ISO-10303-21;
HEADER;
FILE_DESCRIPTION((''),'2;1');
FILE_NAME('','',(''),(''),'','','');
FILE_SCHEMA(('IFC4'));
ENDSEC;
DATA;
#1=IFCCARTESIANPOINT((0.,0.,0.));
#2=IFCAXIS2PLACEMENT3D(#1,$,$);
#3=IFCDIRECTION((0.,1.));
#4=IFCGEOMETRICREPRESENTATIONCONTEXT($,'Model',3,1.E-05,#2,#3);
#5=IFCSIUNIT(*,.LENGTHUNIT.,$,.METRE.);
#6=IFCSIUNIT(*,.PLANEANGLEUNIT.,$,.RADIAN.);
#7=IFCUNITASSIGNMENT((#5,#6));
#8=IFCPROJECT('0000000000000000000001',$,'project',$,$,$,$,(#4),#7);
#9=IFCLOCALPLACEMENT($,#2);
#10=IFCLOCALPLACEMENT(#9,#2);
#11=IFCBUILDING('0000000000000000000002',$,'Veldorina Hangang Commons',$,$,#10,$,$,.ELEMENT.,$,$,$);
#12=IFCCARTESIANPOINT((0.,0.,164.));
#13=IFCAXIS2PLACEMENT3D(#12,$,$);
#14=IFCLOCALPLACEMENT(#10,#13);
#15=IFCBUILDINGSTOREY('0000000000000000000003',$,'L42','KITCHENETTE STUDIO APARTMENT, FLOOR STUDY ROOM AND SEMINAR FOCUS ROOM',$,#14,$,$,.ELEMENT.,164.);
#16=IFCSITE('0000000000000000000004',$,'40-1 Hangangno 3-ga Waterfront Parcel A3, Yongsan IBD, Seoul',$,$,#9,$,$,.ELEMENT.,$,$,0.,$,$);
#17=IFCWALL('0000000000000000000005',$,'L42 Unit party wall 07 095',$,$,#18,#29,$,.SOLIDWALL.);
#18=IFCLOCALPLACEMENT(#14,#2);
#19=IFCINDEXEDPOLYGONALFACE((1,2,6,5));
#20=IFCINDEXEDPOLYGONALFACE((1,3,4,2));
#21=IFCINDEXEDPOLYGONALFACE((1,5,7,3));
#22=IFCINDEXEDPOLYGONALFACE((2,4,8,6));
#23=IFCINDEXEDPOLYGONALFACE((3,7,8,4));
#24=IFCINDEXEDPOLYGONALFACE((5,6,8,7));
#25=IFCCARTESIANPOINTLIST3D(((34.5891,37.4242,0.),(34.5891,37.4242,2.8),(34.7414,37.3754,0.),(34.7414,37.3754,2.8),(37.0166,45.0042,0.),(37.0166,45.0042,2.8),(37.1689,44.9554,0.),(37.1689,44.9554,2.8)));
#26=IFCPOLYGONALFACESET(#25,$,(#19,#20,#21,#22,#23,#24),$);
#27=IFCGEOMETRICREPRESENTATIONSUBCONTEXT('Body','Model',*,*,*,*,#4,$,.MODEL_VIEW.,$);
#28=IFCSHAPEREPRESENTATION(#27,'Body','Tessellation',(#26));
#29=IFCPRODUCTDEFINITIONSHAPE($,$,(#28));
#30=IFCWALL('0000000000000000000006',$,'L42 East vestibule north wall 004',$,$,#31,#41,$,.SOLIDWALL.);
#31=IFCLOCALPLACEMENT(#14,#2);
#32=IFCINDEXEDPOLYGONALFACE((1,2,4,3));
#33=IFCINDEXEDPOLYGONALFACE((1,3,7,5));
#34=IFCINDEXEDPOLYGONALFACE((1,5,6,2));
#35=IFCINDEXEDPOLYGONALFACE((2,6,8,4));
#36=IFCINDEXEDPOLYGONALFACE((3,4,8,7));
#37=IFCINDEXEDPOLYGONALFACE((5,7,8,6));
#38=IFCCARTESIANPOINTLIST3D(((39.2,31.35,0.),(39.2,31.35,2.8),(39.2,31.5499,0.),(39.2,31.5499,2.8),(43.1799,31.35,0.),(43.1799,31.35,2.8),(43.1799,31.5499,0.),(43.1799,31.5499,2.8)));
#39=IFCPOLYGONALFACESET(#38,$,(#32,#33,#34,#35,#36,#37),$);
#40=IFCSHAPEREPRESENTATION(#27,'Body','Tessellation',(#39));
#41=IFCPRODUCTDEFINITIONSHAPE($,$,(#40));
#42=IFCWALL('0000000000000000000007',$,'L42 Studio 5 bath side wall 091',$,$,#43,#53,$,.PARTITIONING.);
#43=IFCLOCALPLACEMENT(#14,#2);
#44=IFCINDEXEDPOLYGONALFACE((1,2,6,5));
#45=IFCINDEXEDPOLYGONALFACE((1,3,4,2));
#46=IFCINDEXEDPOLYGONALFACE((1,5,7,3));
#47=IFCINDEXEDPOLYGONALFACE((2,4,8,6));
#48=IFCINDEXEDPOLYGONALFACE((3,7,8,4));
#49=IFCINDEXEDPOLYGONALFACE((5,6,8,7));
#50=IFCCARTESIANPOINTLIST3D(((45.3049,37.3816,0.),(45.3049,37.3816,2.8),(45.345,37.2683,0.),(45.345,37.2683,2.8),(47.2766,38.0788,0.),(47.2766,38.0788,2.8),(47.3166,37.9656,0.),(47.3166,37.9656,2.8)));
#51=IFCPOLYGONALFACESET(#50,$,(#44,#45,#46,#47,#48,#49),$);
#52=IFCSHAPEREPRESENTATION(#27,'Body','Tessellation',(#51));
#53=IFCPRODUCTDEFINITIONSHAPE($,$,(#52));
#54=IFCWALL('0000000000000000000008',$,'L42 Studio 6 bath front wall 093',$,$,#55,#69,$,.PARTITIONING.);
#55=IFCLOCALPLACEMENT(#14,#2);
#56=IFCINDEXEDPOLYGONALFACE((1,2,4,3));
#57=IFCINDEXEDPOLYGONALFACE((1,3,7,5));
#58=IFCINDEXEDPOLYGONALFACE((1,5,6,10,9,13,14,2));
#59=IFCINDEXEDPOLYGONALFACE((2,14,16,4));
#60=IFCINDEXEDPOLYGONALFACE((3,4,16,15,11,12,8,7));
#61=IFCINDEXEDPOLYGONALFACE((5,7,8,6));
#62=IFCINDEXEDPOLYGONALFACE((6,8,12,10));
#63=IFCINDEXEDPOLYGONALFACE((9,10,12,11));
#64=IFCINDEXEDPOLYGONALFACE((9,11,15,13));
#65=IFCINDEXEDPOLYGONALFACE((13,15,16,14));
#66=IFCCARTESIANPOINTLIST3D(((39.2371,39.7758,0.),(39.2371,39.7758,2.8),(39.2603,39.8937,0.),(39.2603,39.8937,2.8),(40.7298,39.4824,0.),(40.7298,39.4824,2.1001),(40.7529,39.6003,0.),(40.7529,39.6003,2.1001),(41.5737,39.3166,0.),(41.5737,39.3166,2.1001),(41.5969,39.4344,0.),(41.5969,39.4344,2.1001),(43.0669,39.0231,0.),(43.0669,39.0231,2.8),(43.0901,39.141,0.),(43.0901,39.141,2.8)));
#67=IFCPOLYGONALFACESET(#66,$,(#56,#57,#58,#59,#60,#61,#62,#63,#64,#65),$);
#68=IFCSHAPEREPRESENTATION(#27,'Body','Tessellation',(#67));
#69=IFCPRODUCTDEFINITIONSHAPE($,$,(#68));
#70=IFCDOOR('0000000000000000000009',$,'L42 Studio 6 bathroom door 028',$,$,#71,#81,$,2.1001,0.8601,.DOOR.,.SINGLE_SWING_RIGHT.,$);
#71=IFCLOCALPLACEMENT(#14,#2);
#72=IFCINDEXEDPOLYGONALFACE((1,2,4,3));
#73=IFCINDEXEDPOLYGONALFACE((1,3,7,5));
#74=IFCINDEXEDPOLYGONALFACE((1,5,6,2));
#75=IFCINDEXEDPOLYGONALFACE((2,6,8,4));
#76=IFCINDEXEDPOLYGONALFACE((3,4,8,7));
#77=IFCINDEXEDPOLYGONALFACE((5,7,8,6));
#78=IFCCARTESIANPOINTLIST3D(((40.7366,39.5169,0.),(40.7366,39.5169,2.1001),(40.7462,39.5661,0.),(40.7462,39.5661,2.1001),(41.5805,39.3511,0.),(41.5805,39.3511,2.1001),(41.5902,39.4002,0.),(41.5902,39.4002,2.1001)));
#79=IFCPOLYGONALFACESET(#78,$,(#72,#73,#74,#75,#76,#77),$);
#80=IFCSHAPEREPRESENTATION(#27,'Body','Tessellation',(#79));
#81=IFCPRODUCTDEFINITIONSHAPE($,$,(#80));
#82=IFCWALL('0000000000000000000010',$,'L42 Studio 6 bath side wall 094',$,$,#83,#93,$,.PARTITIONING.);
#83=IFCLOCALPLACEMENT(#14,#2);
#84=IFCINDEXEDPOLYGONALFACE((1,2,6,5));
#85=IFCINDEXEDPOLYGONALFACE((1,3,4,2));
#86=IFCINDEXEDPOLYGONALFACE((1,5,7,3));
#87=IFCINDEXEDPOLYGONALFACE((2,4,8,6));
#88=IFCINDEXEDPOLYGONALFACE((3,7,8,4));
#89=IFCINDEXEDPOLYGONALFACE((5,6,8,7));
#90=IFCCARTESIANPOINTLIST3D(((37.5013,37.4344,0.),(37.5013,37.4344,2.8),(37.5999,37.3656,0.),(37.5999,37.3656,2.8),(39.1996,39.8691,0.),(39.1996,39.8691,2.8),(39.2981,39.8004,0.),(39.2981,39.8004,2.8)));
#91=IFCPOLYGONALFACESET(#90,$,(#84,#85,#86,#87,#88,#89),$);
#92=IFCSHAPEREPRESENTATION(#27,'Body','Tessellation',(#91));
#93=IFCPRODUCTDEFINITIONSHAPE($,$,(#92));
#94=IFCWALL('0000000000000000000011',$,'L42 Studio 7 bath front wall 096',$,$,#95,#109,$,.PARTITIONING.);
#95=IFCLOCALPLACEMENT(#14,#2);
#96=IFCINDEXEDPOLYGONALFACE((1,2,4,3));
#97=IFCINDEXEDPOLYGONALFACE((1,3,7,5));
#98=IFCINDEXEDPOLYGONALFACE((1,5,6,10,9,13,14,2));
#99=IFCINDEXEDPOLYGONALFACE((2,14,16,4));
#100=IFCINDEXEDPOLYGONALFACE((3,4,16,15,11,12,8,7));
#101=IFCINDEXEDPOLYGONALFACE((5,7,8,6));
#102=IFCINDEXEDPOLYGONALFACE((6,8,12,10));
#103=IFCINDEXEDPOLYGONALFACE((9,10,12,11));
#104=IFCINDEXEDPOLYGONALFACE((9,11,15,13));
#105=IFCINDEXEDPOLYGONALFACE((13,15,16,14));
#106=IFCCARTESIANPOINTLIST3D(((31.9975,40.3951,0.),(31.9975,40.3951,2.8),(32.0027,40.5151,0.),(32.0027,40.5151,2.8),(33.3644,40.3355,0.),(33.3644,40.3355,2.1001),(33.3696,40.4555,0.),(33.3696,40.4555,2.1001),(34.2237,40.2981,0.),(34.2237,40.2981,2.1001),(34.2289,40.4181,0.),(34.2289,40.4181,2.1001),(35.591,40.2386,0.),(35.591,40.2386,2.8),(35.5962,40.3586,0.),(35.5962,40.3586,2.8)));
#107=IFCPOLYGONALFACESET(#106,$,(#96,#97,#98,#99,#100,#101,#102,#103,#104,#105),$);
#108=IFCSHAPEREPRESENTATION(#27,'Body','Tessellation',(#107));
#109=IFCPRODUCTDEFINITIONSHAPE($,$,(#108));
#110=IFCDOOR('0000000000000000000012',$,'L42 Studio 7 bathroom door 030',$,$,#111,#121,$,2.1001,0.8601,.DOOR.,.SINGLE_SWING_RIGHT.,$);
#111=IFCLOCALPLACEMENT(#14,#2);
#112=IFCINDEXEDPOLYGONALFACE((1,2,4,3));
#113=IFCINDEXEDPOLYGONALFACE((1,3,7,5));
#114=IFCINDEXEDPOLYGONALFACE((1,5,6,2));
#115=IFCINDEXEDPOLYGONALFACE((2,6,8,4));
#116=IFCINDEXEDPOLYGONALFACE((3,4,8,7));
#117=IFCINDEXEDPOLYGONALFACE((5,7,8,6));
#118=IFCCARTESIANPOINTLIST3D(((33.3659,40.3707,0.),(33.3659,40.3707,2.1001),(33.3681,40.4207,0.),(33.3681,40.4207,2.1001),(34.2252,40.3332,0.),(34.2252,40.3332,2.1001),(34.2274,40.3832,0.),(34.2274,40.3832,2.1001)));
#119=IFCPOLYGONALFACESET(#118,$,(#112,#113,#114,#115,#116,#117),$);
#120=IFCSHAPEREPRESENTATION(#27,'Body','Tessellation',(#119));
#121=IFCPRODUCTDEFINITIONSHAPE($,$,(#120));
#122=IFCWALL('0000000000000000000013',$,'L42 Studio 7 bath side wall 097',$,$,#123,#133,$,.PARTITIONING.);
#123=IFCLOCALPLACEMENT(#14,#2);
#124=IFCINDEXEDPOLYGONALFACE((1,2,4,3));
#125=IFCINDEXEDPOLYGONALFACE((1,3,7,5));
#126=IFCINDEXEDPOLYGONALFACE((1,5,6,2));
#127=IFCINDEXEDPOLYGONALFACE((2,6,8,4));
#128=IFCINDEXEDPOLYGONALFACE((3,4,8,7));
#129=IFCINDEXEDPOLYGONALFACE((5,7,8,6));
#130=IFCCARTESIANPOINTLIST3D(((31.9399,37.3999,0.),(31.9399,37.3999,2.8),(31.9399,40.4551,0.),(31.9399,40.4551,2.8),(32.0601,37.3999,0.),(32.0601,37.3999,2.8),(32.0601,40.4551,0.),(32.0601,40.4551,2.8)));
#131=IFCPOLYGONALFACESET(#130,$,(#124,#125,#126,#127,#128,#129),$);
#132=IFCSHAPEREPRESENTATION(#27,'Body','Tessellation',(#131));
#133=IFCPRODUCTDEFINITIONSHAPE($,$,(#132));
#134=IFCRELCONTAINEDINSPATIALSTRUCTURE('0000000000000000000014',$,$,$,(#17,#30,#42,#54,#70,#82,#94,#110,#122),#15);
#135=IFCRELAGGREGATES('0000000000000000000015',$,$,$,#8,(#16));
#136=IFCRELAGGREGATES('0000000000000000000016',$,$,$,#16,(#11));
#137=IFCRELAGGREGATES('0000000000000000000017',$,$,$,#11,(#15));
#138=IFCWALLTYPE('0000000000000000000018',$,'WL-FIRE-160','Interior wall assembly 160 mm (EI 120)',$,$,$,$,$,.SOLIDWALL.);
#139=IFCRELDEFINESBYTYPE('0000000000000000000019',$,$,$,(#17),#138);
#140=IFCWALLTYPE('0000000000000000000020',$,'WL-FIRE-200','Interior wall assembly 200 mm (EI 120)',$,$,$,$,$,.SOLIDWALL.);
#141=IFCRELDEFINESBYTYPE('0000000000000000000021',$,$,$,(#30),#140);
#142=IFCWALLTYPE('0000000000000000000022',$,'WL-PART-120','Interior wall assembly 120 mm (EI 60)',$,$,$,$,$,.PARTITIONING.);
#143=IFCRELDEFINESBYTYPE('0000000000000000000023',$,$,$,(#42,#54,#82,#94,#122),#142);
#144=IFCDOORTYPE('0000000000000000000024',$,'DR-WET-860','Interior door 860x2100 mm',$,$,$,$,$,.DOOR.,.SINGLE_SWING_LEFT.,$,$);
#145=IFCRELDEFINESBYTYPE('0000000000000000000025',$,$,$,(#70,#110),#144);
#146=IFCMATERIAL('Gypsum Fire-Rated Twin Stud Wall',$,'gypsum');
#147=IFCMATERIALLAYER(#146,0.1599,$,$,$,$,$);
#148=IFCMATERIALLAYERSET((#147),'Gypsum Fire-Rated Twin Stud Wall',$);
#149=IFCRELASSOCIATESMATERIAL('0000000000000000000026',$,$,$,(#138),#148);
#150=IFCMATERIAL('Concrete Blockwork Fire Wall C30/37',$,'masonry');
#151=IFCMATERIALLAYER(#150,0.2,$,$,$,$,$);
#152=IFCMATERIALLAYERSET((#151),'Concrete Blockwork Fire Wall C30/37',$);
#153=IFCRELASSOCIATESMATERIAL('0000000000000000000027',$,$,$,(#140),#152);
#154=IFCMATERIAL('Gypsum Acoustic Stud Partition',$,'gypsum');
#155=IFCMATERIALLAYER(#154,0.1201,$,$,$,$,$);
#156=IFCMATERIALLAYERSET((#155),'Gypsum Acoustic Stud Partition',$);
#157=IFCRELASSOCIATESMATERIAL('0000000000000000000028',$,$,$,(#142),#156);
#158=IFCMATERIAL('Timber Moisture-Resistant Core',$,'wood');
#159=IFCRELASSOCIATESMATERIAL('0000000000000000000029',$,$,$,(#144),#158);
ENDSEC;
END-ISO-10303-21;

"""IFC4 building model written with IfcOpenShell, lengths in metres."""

from ifc_helpers import new_model, si_unit, direction, frame, frame_2d, origin, place, context, subcontext, project, spatial, rectangle, extrude, material, layer, layer_set, type_object, element, fill, save


model = new_model("IFC4")

# Units and contexts
model_context = context("Model", 3, precision=1e-05, world=origin(), true_north=direction((0.0, 1.0)))
body_context = subcontext(model_context, "Body", "Model", "MODEL_VIEW")
ifc_project = project(units=[si_unit("LENGTHUNIT", "METRE"), si_unit("PLANEANGLEUNIT", "RADIAN")], contexts=[model_context])

# Site, building, storey
site_placement = place(None, origin())
site = spatial("IfcSite", under=ifc_project, at=site_placement, Name="40-1 Hangangno 3-ga Waterfront Parcel A3, Yongsan IBD, Seoul", CompositionType="ELEMENT", RefElevation=0.0)
building_placement = place(site_placement, origin())
building = spatial("IfcBuilding", under=site, at=building_placement, Name="Veldorina Hangang Commons", CompositionType="ELEMENT")
storey_placement = place(building_placement, frame((0.0, 0.0, 164.0)))
storey = spatial("IfcBuildingStorey", under=building, at=storey_placement, Name="L42", Description="KITCHENETTE STUDIO APARTMENT, FLOOR STUDY ROOM AND SEMINAR FOCUS ROOM", CompositionType="ELEMENT", Elevation=164.0)

# Shared definitions
ifc_material_1 = material(Name="Gypsum Fire-Rated Twin Stud Wall", Category="gypsum")
ifc_layer_1 = layer(ifc_material_1, 0.1599)
ifc_layer_set_1 = layer_set([ifc_layer_1], Name="Gypsum Fire-Rated Twin Stud Wall")
wall_type_1 = type_object("IfcWallType", Name="WL-FIRE-160", Description="Interior wall assembly 160 mm (EI 120)", PredefinedType="SOLIDWALL", material=ifc_layer_set_1)

# Walls
wall_1_placement = place(storey_placement, frame((34.6653, 37.3999, 0.0), z_axis=(0.0, 0.0, 1.0), x_axis=(0.304988, 0.952356, 0.0)))
element("IfcWall", 1, at=wall_1_placement, inside=storey, type_object=wall_type_1, Name="L42 Unit party wall 07 095", PredefinedType="SOLIDWALL", context=body_context, shape_type="SweptSolid", body=[
    extrude(rectangle(XDim=7.9592, YDim=0.1599, at=frame_2d((3.9795, 0.0))), origin(), (0.0, 0.0, 1.0), 2.8),
])
ifc_material_2 = material(Name="Concrete Blockwork Fire Wall C30/37", Category="masonry")
ifc_layer_2 = layer(ifc_material_2, 0.2)
ifc_layer_set_2 = layer_set([ifc_layer_2], Name="Concrete Blockwork Fire Wall C30/37")
wall_type_2 = type_object("IfcWallType", Name="WL-FIRE-200", Description="Interior wall assembly 200 mm (EI 120)", PredefinedType="SOLIDWALL", material=ifc_layer_set_2)
wall_2_placement = place(storey_placement, frame((39.2, 31.45, 0.0), z_axis=(0.0, 0.0, 1.0), x_axis=(1.0, 0.0, 0.0)))
element("IfcWall", 2, at=wall_2_placement, inside=storey, type_object=wall_type_2, Name="L42 East vestibule north wall 004", PredefinedType="SOLIDWALL", context=body_context, shape_type="SweptSolid", body=[
    extrude(rectangle(XDim=3.98, YDim=0.2, at=frame_2d((1.99, 0.0))), origin(), (0.0, 0.0, 1.0), 2.8),
])
ifc_material_3 = material(Name="Gypsum Acoustic Stud Partition", Category="gypsum")
ifc_layer_3 = layer(ifc_material_3, 0.1201)
ifc_layer_set_3 = layer_set([ifc_layer_3], Name="Gypsum Acoustic Stud Partition")
wall_type_3 = type_object("IfcWallType", Name="WL-PART-120", Description="Interior wall assembly 120 mm (EI 60)", PredefinedType="PARTITIONING", material=ifc_layer_set_3)
wall_3_placement = place(storey_placement, frame((45.325, 37.325, 0.0), z_axis=(0.0, 0.0, 1.0), x_axis=(0.942783, 0.333406, 0.0)))
element("IfcWall", 3, at=wall_3_placement, inside=storey, type_object=wall_type_3, Name="L42 Studio 5 bath side wall 091", PredefinedType="PARTITIONING", context=body_context, shape_type="SweptSolid", body=[
    extrude(rectangle(XDim=2.0913, YDim=0.1201, at=frame_2d((1.0457, 0.0))), origin(), (0.0, 0.0, 1.0), 2.8),
])

# Wall, opening, door
wall_4_placement = place(storey_placement, frame((43.0786, 39.082, 0.0), z_axis=(0.0, 0.0, 1.0), x_axis=(-0.98123, 0.192843, 0.0)))
wall_4 = element("IfcWall", 4, at=wall_4_placement, inside=storey, type_object=wall_type_3, Name="L42 Studio 6 bath front wall 093", PredefinedType="PARTITIONING", context=body_context, shape_type="SweptSolid", body=[
    extrude(rectangle(XDim=3.9031, YDim=0.1201, at=frame_2d((1.9517, 0.0))), origin(), (0.0, 0.0, 1.0), 2.8),
])
opening_1_placement = place(wall_4_placement, frame((1.5217, 0.0, 0.0)))
opening_1 = element("IfcOpeningElement", 5, at=opening_1_placement, cuts=wall_4, PredefinedType="OPENING", context=body_context, shape_type="SweptSolid", body=[
    extrude(rectangle(XDim=0.8601, YDim=2.1001, at=frame_2d((0.4302, 1.05))), frame((0.0, 0.0701, 0.0), z_axis=(0.0, -1.0, 0.0), x_axis=(1.0, 0.0, 0.0)), (0.0, 0.0, 1.0), 0.1401),
])
ifc_material_4 = material(Name="Timber Moisture-Resistant Core", Category="wood")
door_type_1 = type_object("IfcDoorType", Name="DR-WET-860", Description="Interior door 860x2100 mm", OperationType="SINGLE_SWING_LEFT", PredefinedType="DOOR", material=ifc_material_4)
door_1_placement = place(opening_1_placement, origin())
door_1 = element("IfcDoor", 6, at=door_1_placement, inside=storey, type_object=door_type_1, Name="L42 Studio 6 bathroom door 028", OperationType="SINGLE_SWING_RIGHT", OverallHeight=2.1001, OverallWidth=0.8601, PredefinedType="DOOR", context=body_context, shape_type="SweptSolid", body=[
    extrude(rectangle(XDim=0.8601, YDim=2.1001, at=frame_2d((0.4302, 1.05))), frame((0.0, 0.0249, 0.0), z_axis=(0.0, -1.0, 0.0), x_axis=(1.0, 0.0, 0.0)), (0.0, 0.0, 1.0), 0.05),
])
fill(opening_1, door_1)

# Wall
wall_5_placement = place(storey_placement, frame((37.5505, 37.3999, 0.0), z_axis=(0.0, 0.0, 1.0), x_axis=(0.572076, 0.820201, 0.0)))
element("IfcWall", 7, at=wall_5_placement, inside=storey, type_object=wall_type_3, Name="L42 Studio 6 bath side wall 094", PredefinedType="PARTITIONING", context=body_context, shape_type="SweptSolid", body=[
    extrude(rectangle(XDim=2.9685, YDim=0.1201, at=frame_2d((1.4844, 0.0))), origin(), (0.0, 0.0, 1.0), 2.8),
])

# Wall, opening, door
wall_6_placement = place(storey_placement, frame((35.5935, 40.2986, 0.0), z_axis=(0.0, 0.0, 1.0), x_axis=(-0.999053, 0.043508, 0.0)))
wall_6 = element("IfcWall", 8, at=wall_6_placement, inside=storey, type_object=wall_type_3, Name="L42 Studio 7 bath front wall 096", PredefinedType="PARTITIONING", context=body_context, shape_type="SweptSolid", body=[
    extrude(rectangle(XDim=3.5969, YDim=0.1201, at=frame_2d((1.7983, 0.0))), origin(), (0.0, 0.0, 1.0), 2.8),
])
opening_2_placement = place(wall_6_placement, frame((1.3684, 0.0, 0.0)))
opening_2 = element("IfcOpeningElement", 9, at=opening_2_placement, cuts=wall_6, PredefinedType="OPENING", context=body_context, shape_type="SweptSolid", body=[
    extrude(rectangle(XDim=0.8601, YDim=2.1001, at=frame_2d((0.4302, 1.05))), frame((0.0, 0.0701, 0.0), z_axis=(0.0, -1.0, 0.0), x_axis=(1.0, 0.0, 0.0)), (0.0, 0.0, 1.0), 0.1401),
])
door_2_placement = place(opening_2_placement, origin())
door_2 = element("IfcDoor", 10, at=door_2_placement, inside=storey, type_object=door_type_1, Name="L42 Studio 7 bathroom door 030", OperationType="SINGLE_SWING_RIGHT", OverallHeight=2.1001, OverallWidth=0.8601, PredefinedType="DOOR", context=body_context, shape_type="SweptSolid", body=[
    extrude(rectangle(XDim=0.8601, YDim=2.1001, at=frame_2d((0.4302, 1.05))), frame((0.0, 0.0249, 0.0), z_axis=(0.0, -1.0, 0.0), x_axis=(1.0, 0.0, 0.0)), (0.0, 0.0, 1.0), 0.05),
])
fill(opening_2, door_2)

# Wall
wall_7_placement = place(storey_placement, frame((32.0, 37.3999, 0.0), z_axis=(0.0, 0.0, 1.0), x_axis=(0.0, 1.0, 0.0)))
element("IfcWall", 11, at=wall_7_placement, inside=storey, type_object=wall_type_3, Name="L42 Studio 7 bath side wall 097", PredefinedType="PARTITIONING", context=body_context, shape_type="SweptSolid", body=[
    extrude(rectangle(XDim=3.0552, YDim=0.1201, at=frame_2d((1.5276, 0.0))), origin(), (0.0, 0.0, 1.0), 2.8),
])

save(model, "model.ifc")
